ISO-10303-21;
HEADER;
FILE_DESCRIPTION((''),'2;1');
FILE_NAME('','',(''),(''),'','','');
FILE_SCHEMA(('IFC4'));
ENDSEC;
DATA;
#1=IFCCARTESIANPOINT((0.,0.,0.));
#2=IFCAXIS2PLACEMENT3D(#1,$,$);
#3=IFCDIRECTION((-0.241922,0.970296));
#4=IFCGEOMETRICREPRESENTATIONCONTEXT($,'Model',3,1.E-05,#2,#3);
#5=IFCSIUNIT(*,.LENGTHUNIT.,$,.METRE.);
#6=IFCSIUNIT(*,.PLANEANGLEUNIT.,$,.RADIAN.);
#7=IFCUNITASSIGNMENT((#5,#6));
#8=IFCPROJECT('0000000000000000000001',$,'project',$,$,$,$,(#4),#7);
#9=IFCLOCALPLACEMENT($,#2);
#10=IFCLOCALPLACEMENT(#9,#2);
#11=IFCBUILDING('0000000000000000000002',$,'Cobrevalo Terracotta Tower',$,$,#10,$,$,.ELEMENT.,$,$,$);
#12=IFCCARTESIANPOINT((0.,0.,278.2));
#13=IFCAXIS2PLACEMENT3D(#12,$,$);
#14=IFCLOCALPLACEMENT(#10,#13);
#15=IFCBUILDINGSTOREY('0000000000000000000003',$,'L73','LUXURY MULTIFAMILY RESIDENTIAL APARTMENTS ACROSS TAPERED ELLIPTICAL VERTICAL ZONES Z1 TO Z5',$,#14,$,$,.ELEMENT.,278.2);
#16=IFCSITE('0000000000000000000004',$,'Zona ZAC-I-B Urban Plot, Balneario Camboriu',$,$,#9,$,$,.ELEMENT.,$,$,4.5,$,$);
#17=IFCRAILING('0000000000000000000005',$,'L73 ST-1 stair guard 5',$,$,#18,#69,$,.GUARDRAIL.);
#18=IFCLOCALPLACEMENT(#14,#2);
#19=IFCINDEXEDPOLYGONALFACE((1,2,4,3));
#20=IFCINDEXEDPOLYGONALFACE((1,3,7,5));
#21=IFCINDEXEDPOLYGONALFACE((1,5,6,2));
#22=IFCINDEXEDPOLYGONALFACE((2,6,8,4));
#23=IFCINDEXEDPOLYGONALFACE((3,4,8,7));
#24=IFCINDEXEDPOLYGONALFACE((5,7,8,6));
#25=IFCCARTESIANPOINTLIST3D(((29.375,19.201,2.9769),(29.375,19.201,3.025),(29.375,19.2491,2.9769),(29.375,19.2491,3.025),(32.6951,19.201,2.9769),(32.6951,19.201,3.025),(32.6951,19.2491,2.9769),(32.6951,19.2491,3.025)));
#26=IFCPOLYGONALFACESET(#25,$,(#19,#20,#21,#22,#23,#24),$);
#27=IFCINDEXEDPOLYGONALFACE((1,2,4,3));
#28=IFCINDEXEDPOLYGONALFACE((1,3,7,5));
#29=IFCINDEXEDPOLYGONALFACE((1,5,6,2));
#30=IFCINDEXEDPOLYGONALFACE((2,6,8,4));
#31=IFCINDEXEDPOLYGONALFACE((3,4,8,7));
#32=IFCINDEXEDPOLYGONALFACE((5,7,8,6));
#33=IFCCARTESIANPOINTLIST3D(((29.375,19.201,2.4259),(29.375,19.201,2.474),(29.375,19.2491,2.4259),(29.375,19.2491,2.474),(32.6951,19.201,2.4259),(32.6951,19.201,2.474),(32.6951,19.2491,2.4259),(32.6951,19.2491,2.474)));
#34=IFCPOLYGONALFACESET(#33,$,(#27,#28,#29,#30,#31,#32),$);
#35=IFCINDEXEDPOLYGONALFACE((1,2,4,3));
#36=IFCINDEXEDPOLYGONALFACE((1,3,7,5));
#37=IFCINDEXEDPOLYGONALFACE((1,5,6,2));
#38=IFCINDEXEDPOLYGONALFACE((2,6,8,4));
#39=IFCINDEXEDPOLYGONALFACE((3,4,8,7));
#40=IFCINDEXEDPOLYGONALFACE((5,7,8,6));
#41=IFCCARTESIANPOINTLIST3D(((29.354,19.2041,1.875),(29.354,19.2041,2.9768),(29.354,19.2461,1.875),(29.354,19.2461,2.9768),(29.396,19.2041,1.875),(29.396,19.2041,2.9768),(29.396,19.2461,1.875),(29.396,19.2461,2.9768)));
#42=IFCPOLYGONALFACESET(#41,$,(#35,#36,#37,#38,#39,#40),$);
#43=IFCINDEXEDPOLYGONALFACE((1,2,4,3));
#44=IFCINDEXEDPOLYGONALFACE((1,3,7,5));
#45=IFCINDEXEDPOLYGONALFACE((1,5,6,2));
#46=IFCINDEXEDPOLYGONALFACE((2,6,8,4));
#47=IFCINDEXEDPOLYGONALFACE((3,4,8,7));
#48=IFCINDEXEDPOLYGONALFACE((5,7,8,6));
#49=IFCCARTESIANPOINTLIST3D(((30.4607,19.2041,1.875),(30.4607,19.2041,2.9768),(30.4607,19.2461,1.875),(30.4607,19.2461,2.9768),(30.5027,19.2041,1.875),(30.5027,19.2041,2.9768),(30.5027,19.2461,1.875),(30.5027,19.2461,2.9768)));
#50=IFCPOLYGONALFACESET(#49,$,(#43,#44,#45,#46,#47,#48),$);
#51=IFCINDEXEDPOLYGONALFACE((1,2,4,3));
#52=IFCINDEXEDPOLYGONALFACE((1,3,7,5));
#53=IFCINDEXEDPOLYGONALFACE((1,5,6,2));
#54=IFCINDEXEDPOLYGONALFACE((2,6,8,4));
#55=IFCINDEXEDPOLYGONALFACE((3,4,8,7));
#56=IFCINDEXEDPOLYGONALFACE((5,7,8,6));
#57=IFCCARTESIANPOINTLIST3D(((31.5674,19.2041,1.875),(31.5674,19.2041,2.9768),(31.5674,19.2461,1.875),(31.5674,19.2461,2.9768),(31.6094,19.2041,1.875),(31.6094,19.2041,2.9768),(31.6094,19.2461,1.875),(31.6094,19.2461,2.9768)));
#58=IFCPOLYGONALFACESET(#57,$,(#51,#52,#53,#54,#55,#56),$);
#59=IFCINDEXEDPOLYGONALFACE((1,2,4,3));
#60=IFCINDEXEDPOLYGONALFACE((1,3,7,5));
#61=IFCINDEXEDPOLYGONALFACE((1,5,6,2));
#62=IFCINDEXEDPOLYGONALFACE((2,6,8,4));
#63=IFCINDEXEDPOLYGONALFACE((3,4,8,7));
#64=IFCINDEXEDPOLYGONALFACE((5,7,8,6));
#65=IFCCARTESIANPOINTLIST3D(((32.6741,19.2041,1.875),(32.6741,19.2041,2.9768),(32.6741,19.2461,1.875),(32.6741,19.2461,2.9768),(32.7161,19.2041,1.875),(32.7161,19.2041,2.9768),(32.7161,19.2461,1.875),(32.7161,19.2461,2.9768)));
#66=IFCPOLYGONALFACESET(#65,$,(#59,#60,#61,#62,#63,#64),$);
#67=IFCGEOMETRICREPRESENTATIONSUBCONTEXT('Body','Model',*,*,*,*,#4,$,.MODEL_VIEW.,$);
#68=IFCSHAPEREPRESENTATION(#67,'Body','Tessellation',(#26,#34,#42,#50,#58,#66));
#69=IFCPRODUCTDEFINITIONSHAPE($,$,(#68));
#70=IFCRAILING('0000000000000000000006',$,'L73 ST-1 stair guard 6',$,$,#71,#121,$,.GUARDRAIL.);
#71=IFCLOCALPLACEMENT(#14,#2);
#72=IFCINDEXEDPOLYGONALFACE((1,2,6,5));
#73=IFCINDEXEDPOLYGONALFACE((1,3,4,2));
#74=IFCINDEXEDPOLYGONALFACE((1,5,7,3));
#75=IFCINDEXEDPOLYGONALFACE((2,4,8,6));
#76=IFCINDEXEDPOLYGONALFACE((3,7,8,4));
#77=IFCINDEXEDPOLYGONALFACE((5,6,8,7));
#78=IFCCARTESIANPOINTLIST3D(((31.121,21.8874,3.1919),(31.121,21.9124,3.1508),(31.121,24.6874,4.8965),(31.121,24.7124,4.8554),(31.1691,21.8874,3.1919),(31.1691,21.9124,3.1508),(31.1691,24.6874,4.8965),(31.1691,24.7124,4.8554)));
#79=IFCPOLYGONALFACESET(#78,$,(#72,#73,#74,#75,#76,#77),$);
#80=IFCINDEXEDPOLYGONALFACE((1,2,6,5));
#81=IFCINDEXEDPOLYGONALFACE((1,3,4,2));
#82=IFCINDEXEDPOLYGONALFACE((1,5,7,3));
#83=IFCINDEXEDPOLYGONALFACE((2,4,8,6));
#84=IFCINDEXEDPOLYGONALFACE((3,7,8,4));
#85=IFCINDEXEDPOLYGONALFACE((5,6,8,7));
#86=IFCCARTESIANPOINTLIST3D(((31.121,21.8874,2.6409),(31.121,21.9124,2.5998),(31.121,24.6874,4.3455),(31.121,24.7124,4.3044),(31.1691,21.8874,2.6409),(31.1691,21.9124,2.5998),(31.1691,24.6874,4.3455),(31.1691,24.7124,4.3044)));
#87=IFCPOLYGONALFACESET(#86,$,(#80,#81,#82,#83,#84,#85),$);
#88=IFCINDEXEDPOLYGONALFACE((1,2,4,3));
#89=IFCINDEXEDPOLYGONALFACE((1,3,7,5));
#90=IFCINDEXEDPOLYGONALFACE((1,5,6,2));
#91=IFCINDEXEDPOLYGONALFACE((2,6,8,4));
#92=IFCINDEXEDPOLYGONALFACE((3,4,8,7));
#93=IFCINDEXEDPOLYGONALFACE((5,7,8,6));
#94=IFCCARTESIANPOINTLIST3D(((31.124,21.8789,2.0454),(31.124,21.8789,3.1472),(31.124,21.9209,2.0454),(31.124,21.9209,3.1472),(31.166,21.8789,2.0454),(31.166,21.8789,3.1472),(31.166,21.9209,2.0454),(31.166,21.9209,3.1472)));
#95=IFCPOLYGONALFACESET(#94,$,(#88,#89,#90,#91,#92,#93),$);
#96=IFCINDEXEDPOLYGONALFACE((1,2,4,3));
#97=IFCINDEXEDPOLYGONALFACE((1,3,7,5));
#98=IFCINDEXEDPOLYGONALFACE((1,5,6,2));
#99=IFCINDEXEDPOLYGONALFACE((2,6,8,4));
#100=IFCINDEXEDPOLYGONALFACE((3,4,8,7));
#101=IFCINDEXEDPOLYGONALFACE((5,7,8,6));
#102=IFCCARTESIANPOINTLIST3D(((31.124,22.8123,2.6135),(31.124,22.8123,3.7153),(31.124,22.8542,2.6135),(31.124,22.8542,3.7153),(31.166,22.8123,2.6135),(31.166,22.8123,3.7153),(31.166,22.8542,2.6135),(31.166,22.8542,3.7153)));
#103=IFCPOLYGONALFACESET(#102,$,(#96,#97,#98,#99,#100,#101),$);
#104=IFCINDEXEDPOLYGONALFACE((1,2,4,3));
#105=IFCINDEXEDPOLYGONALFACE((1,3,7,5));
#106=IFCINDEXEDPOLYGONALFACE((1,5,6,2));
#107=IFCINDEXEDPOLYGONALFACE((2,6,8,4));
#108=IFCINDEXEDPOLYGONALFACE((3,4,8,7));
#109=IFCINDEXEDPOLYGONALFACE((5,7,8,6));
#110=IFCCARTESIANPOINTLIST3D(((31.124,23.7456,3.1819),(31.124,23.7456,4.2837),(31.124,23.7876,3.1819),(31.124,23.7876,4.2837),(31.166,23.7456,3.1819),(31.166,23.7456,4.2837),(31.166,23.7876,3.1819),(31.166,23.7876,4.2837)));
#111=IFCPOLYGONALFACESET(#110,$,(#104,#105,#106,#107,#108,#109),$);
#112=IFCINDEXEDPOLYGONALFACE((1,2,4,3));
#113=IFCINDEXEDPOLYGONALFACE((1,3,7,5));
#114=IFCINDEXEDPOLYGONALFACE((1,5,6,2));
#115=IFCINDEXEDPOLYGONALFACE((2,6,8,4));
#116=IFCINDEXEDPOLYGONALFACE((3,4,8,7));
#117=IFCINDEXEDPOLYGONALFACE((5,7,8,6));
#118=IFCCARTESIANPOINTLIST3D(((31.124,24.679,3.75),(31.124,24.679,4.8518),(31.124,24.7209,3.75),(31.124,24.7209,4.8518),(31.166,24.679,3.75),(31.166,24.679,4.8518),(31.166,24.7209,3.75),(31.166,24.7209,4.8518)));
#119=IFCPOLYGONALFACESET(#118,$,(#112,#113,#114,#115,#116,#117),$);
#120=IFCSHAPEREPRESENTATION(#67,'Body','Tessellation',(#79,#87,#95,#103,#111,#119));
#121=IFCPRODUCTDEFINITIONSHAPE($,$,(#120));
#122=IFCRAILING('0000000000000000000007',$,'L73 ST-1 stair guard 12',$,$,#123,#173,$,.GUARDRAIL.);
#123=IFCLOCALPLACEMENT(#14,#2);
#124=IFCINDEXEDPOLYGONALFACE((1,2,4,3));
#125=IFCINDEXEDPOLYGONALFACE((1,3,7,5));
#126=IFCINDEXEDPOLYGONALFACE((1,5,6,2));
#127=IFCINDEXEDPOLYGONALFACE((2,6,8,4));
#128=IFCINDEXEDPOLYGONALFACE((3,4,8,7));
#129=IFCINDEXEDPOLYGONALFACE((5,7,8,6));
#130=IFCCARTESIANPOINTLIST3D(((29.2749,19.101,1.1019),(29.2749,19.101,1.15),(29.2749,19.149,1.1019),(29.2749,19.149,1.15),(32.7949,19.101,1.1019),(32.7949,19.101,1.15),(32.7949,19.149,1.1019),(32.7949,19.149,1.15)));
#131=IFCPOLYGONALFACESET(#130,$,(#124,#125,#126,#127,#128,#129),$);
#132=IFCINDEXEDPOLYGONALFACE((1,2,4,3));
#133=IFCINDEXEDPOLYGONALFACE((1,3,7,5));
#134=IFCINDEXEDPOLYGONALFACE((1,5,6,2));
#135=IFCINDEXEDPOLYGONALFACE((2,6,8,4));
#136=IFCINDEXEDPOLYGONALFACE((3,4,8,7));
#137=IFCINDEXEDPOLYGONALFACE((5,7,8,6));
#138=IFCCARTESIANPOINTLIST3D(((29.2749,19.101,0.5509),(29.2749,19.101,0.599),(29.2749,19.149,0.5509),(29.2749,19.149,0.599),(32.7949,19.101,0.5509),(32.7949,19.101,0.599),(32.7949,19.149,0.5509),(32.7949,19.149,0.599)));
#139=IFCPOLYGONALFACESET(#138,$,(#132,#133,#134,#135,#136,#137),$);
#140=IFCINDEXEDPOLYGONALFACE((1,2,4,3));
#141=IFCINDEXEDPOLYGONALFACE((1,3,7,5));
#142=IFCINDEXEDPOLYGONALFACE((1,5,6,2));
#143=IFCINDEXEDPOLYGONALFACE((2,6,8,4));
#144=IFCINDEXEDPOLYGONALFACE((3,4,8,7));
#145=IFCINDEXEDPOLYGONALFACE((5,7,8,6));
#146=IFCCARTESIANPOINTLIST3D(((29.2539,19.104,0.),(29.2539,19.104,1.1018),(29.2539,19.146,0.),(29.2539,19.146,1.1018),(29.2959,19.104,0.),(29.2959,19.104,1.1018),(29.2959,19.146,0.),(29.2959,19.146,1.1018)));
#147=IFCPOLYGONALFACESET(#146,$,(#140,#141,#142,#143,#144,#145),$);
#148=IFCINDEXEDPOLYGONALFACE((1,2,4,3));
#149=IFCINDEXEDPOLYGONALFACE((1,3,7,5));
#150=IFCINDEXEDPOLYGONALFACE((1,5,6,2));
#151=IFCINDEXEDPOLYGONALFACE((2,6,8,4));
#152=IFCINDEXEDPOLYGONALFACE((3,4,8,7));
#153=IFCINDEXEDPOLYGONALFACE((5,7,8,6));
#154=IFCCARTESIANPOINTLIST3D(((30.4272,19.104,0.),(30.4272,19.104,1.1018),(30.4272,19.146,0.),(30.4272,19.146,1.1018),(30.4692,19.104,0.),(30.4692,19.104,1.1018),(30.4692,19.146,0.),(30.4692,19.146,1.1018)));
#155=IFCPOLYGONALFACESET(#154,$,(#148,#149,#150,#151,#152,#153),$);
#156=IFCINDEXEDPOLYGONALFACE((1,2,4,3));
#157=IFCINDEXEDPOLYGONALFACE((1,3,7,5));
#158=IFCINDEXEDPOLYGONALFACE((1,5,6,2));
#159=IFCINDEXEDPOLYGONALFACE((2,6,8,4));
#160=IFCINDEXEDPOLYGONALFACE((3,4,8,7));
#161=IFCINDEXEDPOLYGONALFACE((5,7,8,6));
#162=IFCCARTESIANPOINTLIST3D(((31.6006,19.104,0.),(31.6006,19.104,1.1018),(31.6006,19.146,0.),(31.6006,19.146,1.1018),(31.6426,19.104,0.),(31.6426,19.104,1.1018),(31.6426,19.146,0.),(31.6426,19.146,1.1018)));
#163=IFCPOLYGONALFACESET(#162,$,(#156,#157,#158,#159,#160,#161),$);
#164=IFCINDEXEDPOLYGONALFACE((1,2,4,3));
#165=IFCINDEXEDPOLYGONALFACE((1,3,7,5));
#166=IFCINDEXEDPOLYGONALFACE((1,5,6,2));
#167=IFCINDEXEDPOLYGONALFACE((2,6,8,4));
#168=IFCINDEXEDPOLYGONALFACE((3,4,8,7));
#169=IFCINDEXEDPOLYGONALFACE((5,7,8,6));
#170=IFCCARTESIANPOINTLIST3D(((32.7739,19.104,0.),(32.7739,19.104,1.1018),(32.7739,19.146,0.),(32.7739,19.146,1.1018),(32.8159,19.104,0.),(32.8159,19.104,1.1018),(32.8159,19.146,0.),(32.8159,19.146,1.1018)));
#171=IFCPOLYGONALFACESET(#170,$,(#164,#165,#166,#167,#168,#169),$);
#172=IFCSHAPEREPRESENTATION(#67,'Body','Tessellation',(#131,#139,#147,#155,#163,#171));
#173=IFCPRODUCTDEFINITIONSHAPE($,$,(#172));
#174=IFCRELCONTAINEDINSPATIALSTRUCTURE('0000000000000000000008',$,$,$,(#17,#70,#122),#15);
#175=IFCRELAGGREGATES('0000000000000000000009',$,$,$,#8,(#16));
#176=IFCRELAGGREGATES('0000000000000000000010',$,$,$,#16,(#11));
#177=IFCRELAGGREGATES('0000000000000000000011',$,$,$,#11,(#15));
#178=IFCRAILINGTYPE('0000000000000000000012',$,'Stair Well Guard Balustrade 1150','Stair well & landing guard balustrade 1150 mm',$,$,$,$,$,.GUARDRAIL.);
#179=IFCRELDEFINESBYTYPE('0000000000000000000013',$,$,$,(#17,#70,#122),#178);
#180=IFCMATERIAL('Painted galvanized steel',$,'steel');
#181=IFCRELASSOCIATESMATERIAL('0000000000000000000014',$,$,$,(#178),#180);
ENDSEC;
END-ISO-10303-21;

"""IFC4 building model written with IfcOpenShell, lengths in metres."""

from ifc_helpers import new_model, si_unit, direction, frame, origin, origin_2d, place, context, subcontext, project, spatial, rectangle, extrude, material, type_object, element, save


model = new_model("IFC4")

# Units and contexts
model_context = context("Model", 3, precision=1e-05, world=origin(), true_north=direction((-0.241922, 0.970296)))
body_context = subcontext(model_context, "Body", "Model", "MODEL_VIEW")
ifc_project = project(units=[si_unit("LENGTHUNIT", "METRE"), si_unit("PLANEANGLEUNIT", "RADIAN")], contexts=[model_context])

# Site, building, storey
site_placement = place(None, origin())
site = spatial("IfcSite", under=ifc_project, at=site_placement, Name="Zona ZAC-I-B Urban Plot, Balneario Camboriu", CompositionType="ELEMENT", RefElevation=4.5)
building_placement = place(site_placement, origin())
building = spatial("IfcBuilding", under=site, at=building_placement, Name="Cobrevalo Terracotta Tower", CompositionType="ELEMENT")
storey_placement = place(building_placement, frame((0.0, 0.0, 278.2)))
storey = spatial("IfcBuildingStorey", under=building, at=storey_placement, Name="L73", Description="LUXURY MULTIFAMILY RESIDENTIAL APARTMENTS ACROSS TAPERED ELLIPTICAL VERTICAL ZONES Z1 TO Z5", CompositionType="ELEMENT", Elevation=278.2)

# Railings
ifc_material_1 = material(Name="Painted galvanized steel", Category="steel")
railing_type_1 = type_object("IfcRailingType", Name="Stair Well Guard Balustrade 1150", Description="Stair well & landing guard balustrade 1150 mm", PredefinedType="GUARDRAIL", material=ifc_material_1)
railing_1_placement = place(storey_placement, frame((29.375, 19.2251, 1.875)))
element("IfcRailing", 1, at=railing_1_placement, inside=storey, type_object=railing_type_1, Name="L73 ST-1 stair guard 5", PredefinedType="GUARDRAIL", context=body_context, shape_type="SweptSolid", body=[
    extrude(rectangle(XDim=0.0481, YDim=0.0481, at=origin_2d()), frame((0.0, 0.0, 1.126), z_axis=(1.0, 0.0, 0.0), x_axis=(0.0, 1.0, 0.0)), (0.0, 0.0, 1.0), 3.3201),
    extrude(rectangle(XDim=0.0481, YDim=0.0481, at=origin_2d()), frame((0.0, 0.0, 0.575), z_axis=(1.0, 0.0, 0.0), x_axis=(0.0, 1.0, 0.0)), (0.0, 0.0, 1.0), 3.3201),
    extrude(rectangle(XDim=0.042, YDim=0.042, at=origin_2d()), origin(), (0.0, 0.0, 1.0), 1.1018),
    extrude(rectangle(XDim=0.042, YDim=0.042, at=origin_2d()), frame((1.1067, 0.0, 0.0)), (0.0, 0.0, 1.0), 1.1018),
    extrude(rectangle(XDim=0.042, YDim=0.042, at=origin_2d()), frame((2.2134, 0.0, 0.0)), (0.0, 0.0, 1.0), 1.1018),
    extrude(rectangle(XDim=0.042, YDim=0.042, at=origin_2d()), frame((3.3201, 0.0, 0.0)), (0.0, 0.0, 1.0), 1.1018),
])
railing_2_placement = place(storey_placement, frame((31.145, 21.8999, 2.0454)))
element("IfcRailing", 2, at=railing_2_placement, inside=storey, type_object=railing_type_1, Name="L73 ST-1 stair guard 6", PredefinedType="GUARDRAIL", context=body_context, shape_type="SweptSolid", body=[
    extrude(rectangle(XDim=0.0481, YDim=0.0481, at=origin_2d()), frame((0.0, 0.0, 1.126), z_axis=(0.0, 0.85417, 0.519994), x_axis=(-1.0, 0.0, 0.0)), (0.0, 0.0, 1.0), 3.2781),
    extrude(rectangle(XDim=0.0481, YDim=0.0481, at=origin_2d()), frame((0.0, 0.0, 0.575), z_axis=(0.0, 0.85417, 0.519994), x_axis=(-1.0, 0.0, 0.0)), (0.0, 0.0, 1.0), 3.2781),
    extrude(rectangle(XDim=0.042, YDim=0.042, at=origin_2d()), origin(), (0.0, 0.0, 1.0), 1.1018),
    extrude(rectangle(XDim=0.042, YDim=0.042, at=origin_2d()), frame((0.0, 0.9333, 0.5681)), (0.0, 0.0, 1.0), 1.1018),
    extrude(rectangle(XDim=0.042, YDim=0.042, at=origin_2d()), frame((0.0, 1.8667, 1.1365)), (0.0, 0.0, 1.0), 1.1018),
    extrude(rectangle(XDim=0.042, YDim=0.042, at=origin_2d()), frame((0.0, 2.8, 1.7046)), (0.0, 0.0, 1.0), 1.1018),
])
railing_3_placement = place(storey_placement, frame((29.2749, 19.125, 0.0)))
element("IfcRailing", 3, at=railing_3_placement, inside=storey, type_object=railing_type_1, Name="L73 ST-1 stair guard 12", PredefinedType="GUARDRAIL", context=body_context, shape_type="SweptSolid", body=[
    extrude(rectangle(XDim=0.0481, YDim=0.0481, at=origin_2d()), frame((0.0, 0.0, 1.126), z_axis=(1.0, 0.0, 0.0), x_axis=(0.0, 1.0, 0.0)), (0.0, 0.0, 1.0), 3.52),
    extrude(rectangle(XDim=0.0481, YDim=0.0481, at=origin_2d()), frame((0.0, 0.0, 0.575), z_axis=(1.0, 0.0, 0.0), x_axis=(0.0, 1.0, 0.0)), (0.0, 0.0, 1.0), 3.52),
    extrude(rectangle(XDim=0.042, YDim=0.042, at=origin_2d()), origin(), (0.0, 0.0, 1.0), 1.1018),
    extrude(rectangle(XDim=0.042, YDim=0.042, at=origin_2d()), frame((1.1733, 0.0, 0.0)), (0.0, 0.0, 1.0), 1.1018),
    extrude(rectangle(XDim=0.042, YDim=0.042, at=origin_2d()), frame((2.3467, 0.0, 0.0)), (0.0, 0.0, 1.0), 1.1018),
    extrude(rectangle(XDim=0.042, YDim=0.042, at=origin_2d()), frame((3.52, 0.0, 0.0)), (0.0, 0.0, 1.0), 1.1018),
])

save(model, "model.ifc")
